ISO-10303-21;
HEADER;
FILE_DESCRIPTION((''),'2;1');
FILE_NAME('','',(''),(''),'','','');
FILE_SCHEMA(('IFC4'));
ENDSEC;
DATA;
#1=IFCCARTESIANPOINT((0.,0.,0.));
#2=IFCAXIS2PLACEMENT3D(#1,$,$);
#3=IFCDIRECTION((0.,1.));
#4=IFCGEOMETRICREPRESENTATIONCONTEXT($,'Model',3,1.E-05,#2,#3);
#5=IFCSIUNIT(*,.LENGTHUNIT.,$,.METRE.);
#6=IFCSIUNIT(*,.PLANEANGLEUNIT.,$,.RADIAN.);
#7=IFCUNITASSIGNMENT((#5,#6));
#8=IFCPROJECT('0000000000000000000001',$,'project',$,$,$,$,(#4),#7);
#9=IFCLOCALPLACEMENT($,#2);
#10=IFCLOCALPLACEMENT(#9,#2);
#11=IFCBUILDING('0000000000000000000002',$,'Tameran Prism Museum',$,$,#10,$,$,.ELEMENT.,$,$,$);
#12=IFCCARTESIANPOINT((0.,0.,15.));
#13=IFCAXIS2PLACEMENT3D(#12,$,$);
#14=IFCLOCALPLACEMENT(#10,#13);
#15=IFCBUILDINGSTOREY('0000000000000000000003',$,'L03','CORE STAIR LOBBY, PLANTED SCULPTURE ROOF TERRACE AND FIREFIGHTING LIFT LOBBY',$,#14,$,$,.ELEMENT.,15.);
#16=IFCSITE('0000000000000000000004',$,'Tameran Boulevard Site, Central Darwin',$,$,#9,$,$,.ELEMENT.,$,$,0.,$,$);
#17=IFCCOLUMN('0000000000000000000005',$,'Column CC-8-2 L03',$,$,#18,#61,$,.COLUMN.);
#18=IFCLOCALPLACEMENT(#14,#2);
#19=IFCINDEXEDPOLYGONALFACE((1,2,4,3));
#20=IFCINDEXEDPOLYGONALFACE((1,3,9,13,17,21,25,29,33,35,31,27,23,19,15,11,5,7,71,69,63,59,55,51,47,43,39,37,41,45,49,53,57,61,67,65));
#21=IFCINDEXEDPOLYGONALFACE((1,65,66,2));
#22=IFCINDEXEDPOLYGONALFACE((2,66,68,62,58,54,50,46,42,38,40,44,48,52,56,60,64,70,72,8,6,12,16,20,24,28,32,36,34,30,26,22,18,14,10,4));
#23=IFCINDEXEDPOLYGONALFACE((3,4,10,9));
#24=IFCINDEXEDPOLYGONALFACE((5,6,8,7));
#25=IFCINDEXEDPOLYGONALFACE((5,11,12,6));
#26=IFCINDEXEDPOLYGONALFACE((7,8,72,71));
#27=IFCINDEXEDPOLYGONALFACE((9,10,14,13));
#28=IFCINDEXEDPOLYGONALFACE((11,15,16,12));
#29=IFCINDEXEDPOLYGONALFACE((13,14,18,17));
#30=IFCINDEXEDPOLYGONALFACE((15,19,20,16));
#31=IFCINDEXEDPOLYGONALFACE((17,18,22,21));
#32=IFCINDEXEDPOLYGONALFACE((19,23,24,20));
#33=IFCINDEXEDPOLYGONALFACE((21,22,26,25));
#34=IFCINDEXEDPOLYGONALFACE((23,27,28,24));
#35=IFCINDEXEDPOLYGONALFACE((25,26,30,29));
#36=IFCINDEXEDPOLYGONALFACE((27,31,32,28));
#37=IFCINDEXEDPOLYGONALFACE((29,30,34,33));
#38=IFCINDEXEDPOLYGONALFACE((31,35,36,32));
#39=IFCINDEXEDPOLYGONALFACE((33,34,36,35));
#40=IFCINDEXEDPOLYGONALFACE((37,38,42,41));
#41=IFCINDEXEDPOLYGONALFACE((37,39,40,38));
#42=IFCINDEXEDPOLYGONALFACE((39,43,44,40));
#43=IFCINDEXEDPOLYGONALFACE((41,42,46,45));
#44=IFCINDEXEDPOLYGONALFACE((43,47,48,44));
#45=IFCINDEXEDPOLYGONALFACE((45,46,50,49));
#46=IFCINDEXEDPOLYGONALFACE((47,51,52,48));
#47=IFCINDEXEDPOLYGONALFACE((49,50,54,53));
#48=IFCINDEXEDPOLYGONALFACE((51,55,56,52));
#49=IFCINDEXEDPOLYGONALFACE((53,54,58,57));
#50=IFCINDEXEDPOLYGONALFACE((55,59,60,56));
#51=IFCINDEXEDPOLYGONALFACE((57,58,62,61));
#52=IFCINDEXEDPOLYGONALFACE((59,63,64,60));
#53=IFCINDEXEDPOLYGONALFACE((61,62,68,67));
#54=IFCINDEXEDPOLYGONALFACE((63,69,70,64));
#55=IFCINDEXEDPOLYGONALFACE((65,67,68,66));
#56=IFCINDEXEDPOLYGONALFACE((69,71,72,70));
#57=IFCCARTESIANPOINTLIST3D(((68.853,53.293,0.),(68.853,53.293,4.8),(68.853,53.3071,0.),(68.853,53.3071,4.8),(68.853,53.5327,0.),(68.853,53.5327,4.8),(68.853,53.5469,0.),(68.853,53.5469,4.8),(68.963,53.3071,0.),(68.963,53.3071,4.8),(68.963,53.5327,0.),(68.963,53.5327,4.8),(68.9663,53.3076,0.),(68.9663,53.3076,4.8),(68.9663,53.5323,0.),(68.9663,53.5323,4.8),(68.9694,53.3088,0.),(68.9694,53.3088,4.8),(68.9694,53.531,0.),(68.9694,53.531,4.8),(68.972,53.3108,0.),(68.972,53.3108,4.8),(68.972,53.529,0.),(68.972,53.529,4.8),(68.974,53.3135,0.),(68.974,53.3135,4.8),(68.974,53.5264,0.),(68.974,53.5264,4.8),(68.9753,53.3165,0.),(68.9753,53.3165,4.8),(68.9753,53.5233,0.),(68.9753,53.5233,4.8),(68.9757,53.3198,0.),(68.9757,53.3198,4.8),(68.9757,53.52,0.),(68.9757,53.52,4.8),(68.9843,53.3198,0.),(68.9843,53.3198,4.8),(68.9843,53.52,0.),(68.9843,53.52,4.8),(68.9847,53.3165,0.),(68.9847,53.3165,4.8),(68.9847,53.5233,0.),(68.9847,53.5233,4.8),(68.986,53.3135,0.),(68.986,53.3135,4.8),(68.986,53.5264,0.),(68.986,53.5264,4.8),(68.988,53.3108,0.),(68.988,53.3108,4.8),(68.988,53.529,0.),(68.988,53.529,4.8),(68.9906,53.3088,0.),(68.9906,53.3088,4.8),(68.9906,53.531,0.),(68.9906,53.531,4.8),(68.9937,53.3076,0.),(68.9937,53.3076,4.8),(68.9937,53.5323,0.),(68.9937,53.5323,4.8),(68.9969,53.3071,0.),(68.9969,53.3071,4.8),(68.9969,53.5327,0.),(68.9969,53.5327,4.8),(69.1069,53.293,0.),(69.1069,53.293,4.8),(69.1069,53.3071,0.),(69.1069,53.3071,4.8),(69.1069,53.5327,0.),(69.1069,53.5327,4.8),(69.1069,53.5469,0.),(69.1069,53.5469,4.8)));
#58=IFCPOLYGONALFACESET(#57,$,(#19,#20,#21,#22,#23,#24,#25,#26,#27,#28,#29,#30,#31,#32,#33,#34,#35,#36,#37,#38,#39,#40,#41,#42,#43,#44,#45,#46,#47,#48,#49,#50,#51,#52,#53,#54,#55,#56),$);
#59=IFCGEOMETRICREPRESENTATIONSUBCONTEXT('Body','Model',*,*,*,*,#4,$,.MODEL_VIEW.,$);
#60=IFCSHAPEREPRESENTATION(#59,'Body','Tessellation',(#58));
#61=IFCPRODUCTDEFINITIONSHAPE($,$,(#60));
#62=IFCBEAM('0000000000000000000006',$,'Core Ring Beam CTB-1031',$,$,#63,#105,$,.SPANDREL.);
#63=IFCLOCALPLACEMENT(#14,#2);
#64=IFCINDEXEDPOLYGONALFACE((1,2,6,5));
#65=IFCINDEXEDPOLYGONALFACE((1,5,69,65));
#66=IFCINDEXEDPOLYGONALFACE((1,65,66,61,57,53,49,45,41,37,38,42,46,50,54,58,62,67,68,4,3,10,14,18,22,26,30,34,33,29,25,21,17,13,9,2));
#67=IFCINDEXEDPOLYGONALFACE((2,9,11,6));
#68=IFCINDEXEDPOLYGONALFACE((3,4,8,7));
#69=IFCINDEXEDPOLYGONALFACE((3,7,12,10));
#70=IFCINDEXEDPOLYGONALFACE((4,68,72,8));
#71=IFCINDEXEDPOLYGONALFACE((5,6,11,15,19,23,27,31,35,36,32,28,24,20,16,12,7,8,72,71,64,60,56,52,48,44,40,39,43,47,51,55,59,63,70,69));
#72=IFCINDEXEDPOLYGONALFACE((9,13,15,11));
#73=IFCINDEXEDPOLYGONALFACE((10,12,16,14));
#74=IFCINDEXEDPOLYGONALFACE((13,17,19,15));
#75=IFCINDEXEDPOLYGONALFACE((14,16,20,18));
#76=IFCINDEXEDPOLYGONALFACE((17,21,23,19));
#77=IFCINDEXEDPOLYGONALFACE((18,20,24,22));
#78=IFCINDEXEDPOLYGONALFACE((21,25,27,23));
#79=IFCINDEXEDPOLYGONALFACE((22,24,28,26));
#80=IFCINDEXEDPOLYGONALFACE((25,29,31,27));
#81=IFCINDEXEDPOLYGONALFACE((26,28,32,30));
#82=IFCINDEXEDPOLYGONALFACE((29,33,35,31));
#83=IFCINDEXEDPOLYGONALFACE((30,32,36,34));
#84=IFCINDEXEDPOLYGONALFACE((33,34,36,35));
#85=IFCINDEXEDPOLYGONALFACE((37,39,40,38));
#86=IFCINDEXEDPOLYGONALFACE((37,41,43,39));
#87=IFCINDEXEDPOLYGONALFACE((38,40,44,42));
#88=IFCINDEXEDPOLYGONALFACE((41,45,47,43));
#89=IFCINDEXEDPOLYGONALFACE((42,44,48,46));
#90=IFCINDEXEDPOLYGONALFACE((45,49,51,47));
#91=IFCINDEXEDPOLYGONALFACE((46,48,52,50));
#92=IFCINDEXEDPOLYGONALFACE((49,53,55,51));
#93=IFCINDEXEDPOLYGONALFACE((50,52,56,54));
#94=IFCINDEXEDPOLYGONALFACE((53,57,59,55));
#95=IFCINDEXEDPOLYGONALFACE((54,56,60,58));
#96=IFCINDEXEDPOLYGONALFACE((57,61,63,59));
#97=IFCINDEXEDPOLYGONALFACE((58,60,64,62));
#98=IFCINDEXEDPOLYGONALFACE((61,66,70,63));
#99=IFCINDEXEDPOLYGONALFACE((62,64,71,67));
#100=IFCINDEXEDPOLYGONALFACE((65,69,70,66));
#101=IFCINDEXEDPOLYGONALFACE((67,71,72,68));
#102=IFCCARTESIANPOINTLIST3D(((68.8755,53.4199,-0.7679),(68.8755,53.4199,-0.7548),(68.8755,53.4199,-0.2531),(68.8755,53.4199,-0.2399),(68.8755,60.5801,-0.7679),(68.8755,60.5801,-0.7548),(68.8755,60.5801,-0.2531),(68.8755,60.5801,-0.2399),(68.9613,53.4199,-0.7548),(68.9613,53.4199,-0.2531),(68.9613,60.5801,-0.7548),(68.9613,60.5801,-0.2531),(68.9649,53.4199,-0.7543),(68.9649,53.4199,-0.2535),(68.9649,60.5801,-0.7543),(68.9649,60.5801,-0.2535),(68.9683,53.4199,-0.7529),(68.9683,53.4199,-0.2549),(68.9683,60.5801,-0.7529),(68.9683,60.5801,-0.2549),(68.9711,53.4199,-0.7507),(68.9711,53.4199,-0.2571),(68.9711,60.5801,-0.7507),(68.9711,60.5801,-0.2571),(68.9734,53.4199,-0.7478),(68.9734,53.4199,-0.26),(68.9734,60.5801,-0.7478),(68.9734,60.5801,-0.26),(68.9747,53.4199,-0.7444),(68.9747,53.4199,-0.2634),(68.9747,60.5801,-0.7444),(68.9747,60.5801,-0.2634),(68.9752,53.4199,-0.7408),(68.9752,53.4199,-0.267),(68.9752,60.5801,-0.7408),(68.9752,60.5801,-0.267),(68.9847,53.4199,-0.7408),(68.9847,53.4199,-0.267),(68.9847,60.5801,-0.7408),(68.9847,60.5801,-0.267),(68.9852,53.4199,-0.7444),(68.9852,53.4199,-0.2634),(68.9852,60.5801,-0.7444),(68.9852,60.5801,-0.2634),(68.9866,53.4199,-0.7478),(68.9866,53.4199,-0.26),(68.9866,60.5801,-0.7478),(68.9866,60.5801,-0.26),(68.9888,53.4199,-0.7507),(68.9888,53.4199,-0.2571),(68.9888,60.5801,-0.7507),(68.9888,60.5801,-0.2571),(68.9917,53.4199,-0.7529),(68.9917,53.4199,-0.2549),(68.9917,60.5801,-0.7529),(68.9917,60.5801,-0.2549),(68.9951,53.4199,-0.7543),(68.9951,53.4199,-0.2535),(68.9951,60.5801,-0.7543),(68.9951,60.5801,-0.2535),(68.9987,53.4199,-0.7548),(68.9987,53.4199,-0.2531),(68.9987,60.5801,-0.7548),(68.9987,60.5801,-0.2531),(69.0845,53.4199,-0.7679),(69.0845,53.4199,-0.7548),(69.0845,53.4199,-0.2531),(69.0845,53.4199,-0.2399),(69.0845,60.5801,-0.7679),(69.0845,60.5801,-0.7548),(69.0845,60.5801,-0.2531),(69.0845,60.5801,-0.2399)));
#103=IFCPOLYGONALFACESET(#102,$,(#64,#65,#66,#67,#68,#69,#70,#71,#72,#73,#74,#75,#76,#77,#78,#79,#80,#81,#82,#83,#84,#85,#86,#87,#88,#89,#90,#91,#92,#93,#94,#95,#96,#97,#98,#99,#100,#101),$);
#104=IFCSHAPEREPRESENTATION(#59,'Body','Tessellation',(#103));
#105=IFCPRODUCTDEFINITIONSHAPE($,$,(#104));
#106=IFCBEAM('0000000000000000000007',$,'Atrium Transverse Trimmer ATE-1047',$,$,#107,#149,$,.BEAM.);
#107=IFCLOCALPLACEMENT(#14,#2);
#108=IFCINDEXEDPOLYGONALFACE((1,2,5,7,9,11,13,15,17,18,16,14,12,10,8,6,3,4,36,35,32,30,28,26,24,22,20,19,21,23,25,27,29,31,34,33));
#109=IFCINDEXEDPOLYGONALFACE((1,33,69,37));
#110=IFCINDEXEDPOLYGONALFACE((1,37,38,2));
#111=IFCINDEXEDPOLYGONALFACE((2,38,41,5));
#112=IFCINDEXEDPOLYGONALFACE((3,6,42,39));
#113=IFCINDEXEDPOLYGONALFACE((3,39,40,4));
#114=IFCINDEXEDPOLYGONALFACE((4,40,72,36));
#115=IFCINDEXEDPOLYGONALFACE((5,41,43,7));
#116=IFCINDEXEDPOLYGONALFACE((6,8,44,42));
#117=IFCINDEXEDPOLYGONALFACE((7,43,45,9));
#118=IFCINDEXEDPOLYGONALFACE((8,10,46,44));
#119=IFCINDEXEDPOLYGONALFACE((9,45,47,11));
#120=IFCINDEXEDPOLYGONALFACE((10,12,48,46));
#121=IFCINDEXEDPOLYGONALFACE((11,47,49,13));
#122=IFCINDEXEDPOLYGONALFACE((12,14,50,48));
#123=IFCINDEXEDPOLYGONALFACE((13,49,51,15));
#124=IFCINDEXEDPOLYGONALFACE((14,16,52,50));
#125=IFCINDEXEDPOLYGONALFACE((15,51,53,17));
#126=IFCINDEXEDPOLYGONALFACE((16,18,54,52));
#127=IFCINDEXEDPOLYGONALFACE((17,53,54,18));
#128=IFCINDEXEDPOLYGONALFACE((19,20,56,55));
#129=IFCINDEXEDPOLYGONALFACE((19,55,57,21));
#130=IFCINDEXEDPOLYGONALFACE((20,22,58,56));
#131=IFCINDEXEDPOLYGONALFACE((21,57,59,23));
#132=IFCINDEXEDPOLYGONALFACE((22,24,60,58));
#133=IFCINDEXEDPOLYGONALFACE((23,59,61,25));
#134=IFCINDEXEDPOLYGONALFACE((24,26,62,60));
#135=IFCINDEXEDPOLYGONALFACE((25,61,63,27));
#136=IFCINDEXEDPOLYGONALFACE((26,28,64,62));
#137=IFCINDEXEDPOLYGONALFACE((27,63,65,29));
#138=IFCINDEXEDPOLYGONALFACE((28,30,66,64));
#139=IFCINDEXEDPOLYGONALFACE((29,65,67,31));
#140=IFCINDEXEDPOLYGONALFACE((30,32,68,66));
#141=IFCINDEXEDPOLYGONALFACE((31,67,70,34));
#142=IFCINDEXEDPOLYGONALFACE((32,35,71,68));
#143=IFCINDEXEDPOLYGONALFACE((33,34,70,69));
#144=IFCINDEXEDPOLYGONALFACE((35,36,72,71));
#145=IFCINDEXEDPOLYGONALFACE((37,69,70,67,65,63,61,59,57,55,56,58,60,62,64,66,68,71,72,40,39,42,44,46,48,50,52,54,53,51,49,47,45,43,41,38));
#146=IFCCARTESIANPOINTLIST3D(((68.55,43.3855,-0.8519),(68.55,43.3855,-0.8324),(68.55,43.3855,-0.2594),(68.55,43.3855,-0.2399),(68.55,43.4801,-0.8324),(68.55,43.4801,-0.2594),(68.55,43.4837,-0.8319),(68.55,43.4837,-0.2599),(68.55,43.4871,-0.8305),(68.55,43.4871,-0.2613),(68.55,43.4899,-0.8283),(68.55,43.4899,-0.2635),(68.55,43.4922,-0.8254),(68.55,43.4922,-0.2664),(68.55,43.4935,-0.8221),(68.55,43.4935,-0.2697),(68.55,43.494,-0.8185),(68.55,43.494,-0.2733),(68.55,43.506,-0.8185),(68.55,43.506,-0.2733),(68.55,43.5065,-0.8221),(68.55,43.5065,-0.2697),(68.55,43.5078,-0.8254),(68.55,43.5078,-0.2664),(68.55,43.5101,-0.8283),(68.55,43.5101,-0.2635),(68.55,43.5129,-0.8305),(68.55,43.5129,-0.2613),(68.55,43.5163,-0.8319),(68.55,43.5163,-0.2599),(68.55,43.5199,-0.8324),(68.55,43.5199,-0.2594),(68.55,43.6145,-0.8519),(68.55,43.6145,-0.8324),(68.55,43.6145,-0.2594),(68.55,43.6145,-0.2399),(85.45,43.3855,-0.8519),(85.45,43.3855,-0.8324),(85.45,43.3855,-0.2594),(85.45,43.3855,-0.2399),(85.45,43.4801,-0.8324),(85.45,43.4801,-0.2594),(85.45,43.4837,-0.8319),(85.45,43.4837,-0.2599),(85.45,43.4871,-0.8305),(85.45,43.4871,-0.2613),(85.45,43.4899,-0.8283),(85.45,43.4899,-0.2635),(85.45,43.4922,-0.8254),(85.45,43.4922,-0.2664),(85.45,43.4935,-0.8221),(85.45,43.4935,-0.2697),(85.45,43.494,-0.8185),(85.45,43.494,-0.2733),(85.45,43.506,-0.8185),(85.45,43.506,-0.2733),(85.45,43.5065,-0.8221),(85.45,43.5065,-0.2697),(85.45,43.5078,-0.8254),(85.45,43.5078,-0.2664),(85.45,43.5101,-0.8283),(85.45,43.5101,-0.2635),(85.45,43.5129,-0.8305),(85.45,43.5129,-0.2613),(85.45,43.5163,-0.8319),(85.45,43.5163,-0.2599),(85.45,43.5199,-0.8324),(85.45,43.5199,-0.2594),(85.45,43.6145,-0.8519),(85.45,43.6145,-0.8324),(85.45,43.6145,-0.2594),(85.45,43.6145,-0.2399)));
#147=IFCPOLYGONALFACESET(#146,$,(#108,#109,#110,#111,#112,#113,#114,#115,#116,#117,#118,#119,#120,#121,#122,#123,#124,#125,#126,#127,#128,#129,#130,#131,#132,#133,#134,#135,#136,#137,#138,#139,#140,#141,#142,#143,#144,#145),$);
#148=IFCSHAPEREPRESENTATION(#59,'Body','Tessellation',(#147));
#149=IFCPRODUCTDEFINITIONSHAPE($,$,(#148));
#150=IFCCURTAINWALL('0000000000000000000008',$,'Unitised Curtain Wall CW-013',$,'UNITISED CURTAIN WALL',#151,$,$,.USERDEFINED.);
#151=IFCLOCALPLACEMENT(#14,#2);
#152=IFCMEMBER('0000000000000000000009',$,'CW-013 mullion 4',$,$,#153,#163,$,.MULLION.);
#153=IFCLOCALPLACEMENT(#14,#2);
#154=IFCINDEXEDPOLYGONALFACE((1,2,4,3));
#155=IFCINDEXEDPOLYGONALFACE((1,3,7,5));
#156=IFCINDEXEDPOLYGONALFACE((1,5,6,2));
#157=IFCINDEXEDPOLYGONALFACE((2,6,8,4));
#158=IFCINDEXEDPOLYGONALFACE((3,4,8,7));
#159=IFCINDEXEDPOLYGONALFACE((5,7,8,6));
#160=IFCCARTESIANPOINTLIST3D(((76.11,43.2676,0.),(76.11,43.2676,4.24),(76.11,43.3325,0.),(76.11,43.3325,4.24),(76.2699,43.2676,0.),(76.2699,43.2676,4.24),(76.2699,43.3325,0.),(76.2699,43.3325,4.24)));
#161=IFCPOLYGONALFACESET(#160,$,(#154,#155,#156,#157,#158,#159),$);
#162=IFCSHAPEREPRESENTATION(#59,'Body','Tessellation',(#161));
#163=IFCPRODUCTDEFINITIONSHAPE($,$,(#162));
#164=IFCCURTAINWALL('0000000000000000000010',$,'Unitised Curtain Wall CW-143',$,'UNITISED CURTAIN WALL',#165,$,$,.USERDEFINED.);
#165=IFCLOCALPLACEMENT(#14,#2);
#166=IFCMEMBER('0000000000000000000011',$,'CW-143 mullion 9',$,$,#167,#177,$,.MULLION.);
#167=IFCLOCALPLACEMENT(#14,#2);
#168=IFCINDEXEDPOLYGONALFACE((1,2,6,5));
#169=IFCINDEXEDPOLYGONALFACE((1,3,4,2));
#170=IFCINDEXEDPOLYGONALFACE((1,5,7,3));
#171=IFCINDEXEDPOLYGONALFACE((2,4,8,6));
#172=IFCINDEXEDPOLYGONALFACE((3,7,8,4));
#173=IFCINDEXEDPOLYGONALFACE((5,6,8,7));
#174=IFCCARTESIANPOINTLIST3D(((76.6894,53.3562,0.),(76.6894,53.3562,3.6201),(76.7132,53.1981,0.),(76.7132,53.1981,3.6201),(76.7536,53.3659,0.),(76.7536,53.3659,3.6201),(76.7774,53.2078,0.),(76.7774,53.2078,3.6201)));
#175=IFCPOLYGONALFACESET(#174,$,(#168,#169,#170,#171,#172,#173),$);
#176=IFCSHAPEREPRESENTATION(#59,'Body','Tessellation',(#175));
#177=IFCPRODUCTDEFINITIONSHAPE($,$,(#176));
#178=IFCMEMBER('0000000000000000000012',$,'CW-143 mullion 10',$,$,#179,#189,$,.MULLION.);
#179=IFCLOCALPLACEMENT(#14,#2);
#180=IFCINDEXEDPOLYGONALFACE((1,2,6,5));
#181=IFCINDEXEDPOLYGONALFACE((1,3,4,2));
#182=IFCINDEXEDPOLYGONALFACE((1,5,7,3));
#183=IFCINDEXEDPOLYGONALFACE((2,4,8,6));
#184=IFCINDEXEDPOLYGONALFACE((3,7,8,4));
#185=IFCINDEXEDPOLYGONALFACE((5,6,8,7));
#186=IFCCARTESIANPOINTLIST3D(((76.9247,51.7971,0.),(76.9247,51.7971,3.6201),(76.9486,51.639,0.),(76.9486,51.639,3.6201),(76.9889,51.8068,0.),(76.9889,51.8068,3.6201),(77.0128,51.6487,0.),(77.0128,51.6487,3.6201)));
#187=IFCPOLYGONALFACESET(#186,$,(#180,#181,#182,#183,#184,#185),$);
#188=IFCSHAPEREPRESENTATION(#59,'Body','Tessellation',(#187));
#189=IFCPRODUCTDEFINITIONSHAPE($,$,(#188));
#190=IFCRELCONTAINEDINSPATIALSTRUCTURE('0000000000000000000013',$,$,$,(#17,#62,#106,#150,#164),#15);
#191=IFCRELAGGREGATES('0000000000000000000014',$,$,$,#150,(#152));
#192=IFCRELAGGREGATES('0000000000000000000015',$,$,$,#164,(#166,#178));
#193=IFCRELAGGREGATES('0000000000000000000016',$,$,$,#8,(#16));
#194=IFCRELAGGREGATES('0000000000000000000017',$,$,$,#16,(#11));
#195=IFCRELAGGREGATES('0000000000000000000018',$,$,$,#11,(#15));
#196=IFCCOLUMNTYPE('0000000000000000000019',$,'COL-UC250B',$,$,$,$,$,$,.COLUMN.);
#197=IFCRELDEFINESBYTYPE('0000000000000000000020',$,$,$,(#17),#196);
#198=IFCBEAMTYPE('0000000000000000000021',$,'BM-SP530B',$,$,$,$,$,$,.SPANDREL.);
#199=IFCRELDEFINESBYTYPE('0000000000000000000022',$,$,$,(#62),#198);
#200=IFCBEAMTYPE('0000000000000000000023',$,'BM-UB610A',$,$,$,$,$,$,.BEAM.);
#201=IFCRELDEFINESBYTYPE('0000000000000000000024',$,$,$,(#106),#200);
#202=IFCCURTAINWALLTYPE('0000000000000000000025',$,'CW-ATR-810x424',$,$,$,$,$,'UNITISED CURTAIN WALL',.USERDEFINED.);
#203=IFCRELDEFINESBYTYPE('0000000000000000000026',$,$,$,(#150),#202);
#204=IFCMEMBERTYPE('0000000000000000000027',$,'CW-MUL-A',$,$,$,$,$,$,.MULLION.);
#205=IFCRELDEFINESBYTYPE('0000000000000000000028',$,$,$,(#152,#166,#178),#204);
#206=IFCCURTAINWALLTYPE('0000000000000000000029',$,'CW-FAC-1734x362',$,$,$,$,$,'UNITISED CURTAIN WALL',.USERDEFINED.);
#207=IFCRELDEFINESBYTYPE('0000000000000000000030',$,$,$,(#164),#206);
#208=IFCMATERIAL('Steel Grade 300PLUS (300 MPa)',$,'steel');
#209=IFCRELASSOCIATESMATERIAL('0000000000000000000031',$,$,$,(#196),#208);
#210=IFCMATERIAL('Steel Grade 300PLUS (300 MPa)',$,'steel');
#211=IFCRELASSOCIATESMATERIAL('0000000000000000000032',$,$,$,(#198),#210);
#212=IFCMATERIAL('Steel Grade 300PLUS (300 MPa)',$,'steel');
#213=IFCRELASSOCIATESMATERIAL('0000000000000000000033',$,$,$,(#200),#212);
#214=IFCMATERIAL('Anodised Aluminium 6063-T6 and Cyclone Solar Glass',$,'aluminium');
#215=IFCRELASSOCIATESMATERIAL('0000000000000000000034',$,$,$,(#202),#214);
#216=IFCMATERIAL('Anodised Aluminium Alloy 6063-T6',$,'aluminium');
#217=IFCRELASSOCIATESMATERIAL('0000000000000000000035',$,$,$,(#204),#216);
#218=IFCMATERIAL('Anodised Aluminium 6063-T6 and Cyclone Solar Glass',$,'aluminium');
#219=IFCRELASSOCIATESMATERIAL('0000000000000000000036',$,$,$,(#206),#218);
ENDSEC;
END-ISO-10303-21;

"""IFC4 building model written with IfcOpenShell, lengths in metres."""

from ifc_helpers import new_model, si_unit, direction, frame, origin, origin_2d, place, context, subcontext, project, spatial, rectangle, i_section, extrude, material, material_profile, profile_set, type_object, element, aggregate, save


model = new_model("IFC4")

# Units and contexts
model_context = context("Model", 3, precision=1e-05, world=origin(), true_north=direction((0.0, 1.0)))
body_context = subcontext(model_context, "Body", "Model", "MODEL_VIEW")
ifc_project = project(units=[si_unit("LENGTHUNIT", "METRE"), si_unit("PLANEANGLEUNIT", "RADIAN")], contexts=[model_context])

# Site, building, storey
site_placement = place(None, origin())
site = spatial("IfcSite", under=ifc_project, at=site_placement, Name="Tameran Boulevard Site, Central Darwin", CompositionType="ELEMENT", RefElevation=0.0)
building_placement = place(site_placement, origin())
building = spatial("IfcBuilding", under=site, at=building_placement, Name="Tameran Prism Museum", CompositionType="ELEMENT")
storey_placement = place(building_placement, frame((0.0, 0.0, 15.0)))
storey = spatial("IfcBuildingStorey", under=building, at=storey_placement, Name="L03", Description="CORE STAIR LOBBY, PLANTED SCULPTURE ROOF TERRACE AND FIREFIGHTING LIFT LOBBY", CompositionType="ELEMENT", Elevation=15.0)

# Column
ifc_material_1 = material(Name="Steel Grade 300PLUS (300 MPa)", Category="steel")
ifc_material_profile_1 = material_profile(ifc_material_1, i_section(OverallWidth=0.2539, OverallDepth=0.2539, WebThickness=0.0085, FlangeThickness=0.0142, FilletRadius=0.0127, at=origin_2d()))
ifc_profile_set_1 = profile_set([ifc_material_profile_1])
column_type = type_object("IfcColumnType", Name="COL-UC250B", PredefinedType="COLUMN", material=ifc_profile_set_1)
column_placement = place(storey_placement, frame((68.98, 53.4199, 0.0), z_axis=(0.0, 0.0, 1.0), x_axis=(1.0, 0.0, 0.0)))
element("IfcColumn", 1, at=column_placement, inside=storey, type_object=column_type, Name="Column CC-8-2 L03", PredefinedType="COLUMN", context=body_context, shape_type="SweptSolid", body=[
    extrude(i_section(OverallWidth=0.2539, OverallDepth=0.2539, WebThickness=0.0085, FlangeThickness=0.0142, FilletRadius=0.0127, at=origin_2d()), origin(), (0.0, 0.0, 1.0), 4.8),
])

# Beams
ifc_material_2 = material(Name="Steel Grade 300PLUS (300 MPa)", Category="steel")
ifc_material_profile_2 = material_profile(ifc_material_2, i_section(OverallWidth=0.209, OverallDepth=0.5281, WebThickness=0.0095, FlangeThickness=0.0132, FilletRadius=0.0139, at=origin_2d()))
ifc_profile_set_2 = profile_set([ifc_material_profile_2])
beam_type_1 = type_object("IfcBeamType", Name="BM-SP530B", PredefinedType="SPANDREL", material=ifc_profile_set_2)
beam_1_placement = place(storey_placement, frame((68.98, 53.4199, -0.5039), z_axis=(0.0, 1.0, 0.0), x_axis=(-1.0, 0.0, 0.0)))
element("IfcBeam", 2, at=beam_1_placement, inside=storey, type_object=beam_type_1, Name="Core Ring Beam CTB-1031", PredefinedType="SPANDREL", context=body_context, shape_type="SweptSolid", body=[
    extrude(i_section(OverallWidth=0.209, OverallDepth=0.5281, WebThickness=0.0095, FlangeThickness=0.0132, FilletRadius=0.0139, at=origin_2d()), origin(), (0.0, 0.0, 1.0), 7.1602),
])
ifc_material_3 = material(Name="Steel Grade 300PLUS (300 MPa)", Category="steel")
ifc_material_profile_3 = material_profile(ifc_material_3, i_section(OverallWidth=0.229, OverallDepth=0.6121, WebThickness=0.012, FlangeThickness=0.0195, FilletRadius=0.0139, at=origin_2d()))
ifc_profile_set_3 = profile_set([ifc_material_profile_3])
beam_type_2 = type_object("IfcBeamType", Name="BM-UB610A", PredefinedType="BEAM", material=ifc_profile_set_3)
beam_2_placement = place(storey_placement, frame((68.55, 43.5, -0.5459), z_axis=(1.0, 0.0, 0.0), x_axis=(0.0, 1.0, 0.0)))
element("IfcBeam", 3, at=beam_2_placement, inside=storey, type_object=beam_type_2, Name="Atrium Transverse Trimmer ATE-1047", PredefinedType="BEAM", context=body_context, shape_type="SweptSolid", body=[
    extrude(i_section(OverallWidth=0.229, OverallDepth=0.6121, WebThickness=0.012, FlangeThickness=0.0195, FilletRadius=0.0139, at=origin_2d()), origin(), (0.0, 0.0, 1.0), 16.8999),
])

# Curtain wall, member
ifc_material_4 = material(Name="Anodised Aluminium 6063-T6 and Cyclone Solar Glass", Category="aluminium")
curtain_wall_type_1 = type_object("IfcCurtainWallType", Name="CW-ATR-810x424", ElementType="UNITISED CURTAIN WALL", PredefinedType="USERDEFINED", material=ifc_material_4)
curtain_wall_1_placement = place(storey_placement, origin())
curtain_wall_1 = element("IfcCurtainWall", 4, at=curtain_wall_1_placement, inside=storey, type_object=curtain_wall_type_1, Name="Unitised Curtain Wall CW-013", ObjectType="UNITISED CURTAIN WALL", PredefinedType="USERDEFINED")
ifc_material_5 = material(Name="Anodised Aluminium Alloy 6063-T6", Category="aluminium")
ifc_material_profile_4 = material_profile(ifc_material_5, rectangle(XDim=0.0649, YDim=0.1599, at=origin_2d()))
ifc_profile_set_4 = profile_set([ifc_material_profile_4])
member_type_1 = type_object("IfcMemberType", Name="CW-MUL-A", PredefinedType="MULLION", material=ifc_profile_set_4)
member_1_placement = place(storey_placement, frame((76.1899, 43.3, 0.0), z_axis=(0.0, 0.0, 1.0), x_axis=(0.0, -1.0, 0.0)))
member_1 = element("IfcMember", 5, at=member_1_placement, type_object=member_type_1, Name="CW-013 mullion 4", PredefinedType="MULLION", context=body_context, shape_type="SweptSolid", body=[
    extrude(rectangle(XDim=0.0649, YDim=0.1599, at=origin_2d()), origin(), (0.0, 0.0, 1.0), 4.24),
])

# Curtain wall, members
ifc_material_6 = material(Name="Anodised Aluminium 6063-T6 and Cyclone Solar Glass", Category="aluminium")
curtain_wall_type_2 = type_object("IfcCurtainWallType", Name="CW-FAC-1734x362", ElementType="UNITISED CURTAIN WALL", PredefinedType="USERDEFINED", material=ifc_material_6)
curtain_wall_2_placement = place(storey_placement, origin())
curtain_wall_2 = element("IfcCurtainWall", 6, at=curtain_wall_2_placement, inside=storey, type_object=curtain_wall_type_2, Name="Unitised Curtain Wall CW-143", ObjectType="UNITISED CURTAIN WALL", PredefinedType="USERDEFINED")
member_2_placement = place(storey_placement, frame((76.7334, 53.282, 0.0), z_axis=(0.0, 0.0, 1.0), x_axis=(0.988812, 0.149167, 0.0)))
member_2 = element("IfcMember", 7, at=member_2_placement, type_object=member_type_1, Name="CW-143 mullion 9", PredefinedType="MULLION", context=body_context, shape_type="SweptSolid", body=[
    extrude(rectangle(XDim=0.0649, YDim=0.1599, at=origin_2d()), origin(), (0.0, 0.0, 1.0), 3.6201),
])
member_3_placement = place(storey_placement, frame((76.9688, 51.7229, 0.0), z_axis=(0.0, 0.0, 1.0), x_axis=(0.988812, 0.149167, 0.0)))
member_3 = element("IfcMember", 8, at=member_3_placement, type_object=member_type_1, Name="CW-143 mullion 10", PredefinedType="MULLION", context=body_context, shape_type="SweptSolid", body=[
    extrude(rectangle(XDim=0.0649, YDim=0.1599, at=origin_2d()), origin(), (0.0, 0.0, 1.0), 3.6201),
])

aggregate(curtain_wall_1, [member_1])
aggregate(curtain_wall_2, [member_2, member_3])

save(model, "model.ifc")
